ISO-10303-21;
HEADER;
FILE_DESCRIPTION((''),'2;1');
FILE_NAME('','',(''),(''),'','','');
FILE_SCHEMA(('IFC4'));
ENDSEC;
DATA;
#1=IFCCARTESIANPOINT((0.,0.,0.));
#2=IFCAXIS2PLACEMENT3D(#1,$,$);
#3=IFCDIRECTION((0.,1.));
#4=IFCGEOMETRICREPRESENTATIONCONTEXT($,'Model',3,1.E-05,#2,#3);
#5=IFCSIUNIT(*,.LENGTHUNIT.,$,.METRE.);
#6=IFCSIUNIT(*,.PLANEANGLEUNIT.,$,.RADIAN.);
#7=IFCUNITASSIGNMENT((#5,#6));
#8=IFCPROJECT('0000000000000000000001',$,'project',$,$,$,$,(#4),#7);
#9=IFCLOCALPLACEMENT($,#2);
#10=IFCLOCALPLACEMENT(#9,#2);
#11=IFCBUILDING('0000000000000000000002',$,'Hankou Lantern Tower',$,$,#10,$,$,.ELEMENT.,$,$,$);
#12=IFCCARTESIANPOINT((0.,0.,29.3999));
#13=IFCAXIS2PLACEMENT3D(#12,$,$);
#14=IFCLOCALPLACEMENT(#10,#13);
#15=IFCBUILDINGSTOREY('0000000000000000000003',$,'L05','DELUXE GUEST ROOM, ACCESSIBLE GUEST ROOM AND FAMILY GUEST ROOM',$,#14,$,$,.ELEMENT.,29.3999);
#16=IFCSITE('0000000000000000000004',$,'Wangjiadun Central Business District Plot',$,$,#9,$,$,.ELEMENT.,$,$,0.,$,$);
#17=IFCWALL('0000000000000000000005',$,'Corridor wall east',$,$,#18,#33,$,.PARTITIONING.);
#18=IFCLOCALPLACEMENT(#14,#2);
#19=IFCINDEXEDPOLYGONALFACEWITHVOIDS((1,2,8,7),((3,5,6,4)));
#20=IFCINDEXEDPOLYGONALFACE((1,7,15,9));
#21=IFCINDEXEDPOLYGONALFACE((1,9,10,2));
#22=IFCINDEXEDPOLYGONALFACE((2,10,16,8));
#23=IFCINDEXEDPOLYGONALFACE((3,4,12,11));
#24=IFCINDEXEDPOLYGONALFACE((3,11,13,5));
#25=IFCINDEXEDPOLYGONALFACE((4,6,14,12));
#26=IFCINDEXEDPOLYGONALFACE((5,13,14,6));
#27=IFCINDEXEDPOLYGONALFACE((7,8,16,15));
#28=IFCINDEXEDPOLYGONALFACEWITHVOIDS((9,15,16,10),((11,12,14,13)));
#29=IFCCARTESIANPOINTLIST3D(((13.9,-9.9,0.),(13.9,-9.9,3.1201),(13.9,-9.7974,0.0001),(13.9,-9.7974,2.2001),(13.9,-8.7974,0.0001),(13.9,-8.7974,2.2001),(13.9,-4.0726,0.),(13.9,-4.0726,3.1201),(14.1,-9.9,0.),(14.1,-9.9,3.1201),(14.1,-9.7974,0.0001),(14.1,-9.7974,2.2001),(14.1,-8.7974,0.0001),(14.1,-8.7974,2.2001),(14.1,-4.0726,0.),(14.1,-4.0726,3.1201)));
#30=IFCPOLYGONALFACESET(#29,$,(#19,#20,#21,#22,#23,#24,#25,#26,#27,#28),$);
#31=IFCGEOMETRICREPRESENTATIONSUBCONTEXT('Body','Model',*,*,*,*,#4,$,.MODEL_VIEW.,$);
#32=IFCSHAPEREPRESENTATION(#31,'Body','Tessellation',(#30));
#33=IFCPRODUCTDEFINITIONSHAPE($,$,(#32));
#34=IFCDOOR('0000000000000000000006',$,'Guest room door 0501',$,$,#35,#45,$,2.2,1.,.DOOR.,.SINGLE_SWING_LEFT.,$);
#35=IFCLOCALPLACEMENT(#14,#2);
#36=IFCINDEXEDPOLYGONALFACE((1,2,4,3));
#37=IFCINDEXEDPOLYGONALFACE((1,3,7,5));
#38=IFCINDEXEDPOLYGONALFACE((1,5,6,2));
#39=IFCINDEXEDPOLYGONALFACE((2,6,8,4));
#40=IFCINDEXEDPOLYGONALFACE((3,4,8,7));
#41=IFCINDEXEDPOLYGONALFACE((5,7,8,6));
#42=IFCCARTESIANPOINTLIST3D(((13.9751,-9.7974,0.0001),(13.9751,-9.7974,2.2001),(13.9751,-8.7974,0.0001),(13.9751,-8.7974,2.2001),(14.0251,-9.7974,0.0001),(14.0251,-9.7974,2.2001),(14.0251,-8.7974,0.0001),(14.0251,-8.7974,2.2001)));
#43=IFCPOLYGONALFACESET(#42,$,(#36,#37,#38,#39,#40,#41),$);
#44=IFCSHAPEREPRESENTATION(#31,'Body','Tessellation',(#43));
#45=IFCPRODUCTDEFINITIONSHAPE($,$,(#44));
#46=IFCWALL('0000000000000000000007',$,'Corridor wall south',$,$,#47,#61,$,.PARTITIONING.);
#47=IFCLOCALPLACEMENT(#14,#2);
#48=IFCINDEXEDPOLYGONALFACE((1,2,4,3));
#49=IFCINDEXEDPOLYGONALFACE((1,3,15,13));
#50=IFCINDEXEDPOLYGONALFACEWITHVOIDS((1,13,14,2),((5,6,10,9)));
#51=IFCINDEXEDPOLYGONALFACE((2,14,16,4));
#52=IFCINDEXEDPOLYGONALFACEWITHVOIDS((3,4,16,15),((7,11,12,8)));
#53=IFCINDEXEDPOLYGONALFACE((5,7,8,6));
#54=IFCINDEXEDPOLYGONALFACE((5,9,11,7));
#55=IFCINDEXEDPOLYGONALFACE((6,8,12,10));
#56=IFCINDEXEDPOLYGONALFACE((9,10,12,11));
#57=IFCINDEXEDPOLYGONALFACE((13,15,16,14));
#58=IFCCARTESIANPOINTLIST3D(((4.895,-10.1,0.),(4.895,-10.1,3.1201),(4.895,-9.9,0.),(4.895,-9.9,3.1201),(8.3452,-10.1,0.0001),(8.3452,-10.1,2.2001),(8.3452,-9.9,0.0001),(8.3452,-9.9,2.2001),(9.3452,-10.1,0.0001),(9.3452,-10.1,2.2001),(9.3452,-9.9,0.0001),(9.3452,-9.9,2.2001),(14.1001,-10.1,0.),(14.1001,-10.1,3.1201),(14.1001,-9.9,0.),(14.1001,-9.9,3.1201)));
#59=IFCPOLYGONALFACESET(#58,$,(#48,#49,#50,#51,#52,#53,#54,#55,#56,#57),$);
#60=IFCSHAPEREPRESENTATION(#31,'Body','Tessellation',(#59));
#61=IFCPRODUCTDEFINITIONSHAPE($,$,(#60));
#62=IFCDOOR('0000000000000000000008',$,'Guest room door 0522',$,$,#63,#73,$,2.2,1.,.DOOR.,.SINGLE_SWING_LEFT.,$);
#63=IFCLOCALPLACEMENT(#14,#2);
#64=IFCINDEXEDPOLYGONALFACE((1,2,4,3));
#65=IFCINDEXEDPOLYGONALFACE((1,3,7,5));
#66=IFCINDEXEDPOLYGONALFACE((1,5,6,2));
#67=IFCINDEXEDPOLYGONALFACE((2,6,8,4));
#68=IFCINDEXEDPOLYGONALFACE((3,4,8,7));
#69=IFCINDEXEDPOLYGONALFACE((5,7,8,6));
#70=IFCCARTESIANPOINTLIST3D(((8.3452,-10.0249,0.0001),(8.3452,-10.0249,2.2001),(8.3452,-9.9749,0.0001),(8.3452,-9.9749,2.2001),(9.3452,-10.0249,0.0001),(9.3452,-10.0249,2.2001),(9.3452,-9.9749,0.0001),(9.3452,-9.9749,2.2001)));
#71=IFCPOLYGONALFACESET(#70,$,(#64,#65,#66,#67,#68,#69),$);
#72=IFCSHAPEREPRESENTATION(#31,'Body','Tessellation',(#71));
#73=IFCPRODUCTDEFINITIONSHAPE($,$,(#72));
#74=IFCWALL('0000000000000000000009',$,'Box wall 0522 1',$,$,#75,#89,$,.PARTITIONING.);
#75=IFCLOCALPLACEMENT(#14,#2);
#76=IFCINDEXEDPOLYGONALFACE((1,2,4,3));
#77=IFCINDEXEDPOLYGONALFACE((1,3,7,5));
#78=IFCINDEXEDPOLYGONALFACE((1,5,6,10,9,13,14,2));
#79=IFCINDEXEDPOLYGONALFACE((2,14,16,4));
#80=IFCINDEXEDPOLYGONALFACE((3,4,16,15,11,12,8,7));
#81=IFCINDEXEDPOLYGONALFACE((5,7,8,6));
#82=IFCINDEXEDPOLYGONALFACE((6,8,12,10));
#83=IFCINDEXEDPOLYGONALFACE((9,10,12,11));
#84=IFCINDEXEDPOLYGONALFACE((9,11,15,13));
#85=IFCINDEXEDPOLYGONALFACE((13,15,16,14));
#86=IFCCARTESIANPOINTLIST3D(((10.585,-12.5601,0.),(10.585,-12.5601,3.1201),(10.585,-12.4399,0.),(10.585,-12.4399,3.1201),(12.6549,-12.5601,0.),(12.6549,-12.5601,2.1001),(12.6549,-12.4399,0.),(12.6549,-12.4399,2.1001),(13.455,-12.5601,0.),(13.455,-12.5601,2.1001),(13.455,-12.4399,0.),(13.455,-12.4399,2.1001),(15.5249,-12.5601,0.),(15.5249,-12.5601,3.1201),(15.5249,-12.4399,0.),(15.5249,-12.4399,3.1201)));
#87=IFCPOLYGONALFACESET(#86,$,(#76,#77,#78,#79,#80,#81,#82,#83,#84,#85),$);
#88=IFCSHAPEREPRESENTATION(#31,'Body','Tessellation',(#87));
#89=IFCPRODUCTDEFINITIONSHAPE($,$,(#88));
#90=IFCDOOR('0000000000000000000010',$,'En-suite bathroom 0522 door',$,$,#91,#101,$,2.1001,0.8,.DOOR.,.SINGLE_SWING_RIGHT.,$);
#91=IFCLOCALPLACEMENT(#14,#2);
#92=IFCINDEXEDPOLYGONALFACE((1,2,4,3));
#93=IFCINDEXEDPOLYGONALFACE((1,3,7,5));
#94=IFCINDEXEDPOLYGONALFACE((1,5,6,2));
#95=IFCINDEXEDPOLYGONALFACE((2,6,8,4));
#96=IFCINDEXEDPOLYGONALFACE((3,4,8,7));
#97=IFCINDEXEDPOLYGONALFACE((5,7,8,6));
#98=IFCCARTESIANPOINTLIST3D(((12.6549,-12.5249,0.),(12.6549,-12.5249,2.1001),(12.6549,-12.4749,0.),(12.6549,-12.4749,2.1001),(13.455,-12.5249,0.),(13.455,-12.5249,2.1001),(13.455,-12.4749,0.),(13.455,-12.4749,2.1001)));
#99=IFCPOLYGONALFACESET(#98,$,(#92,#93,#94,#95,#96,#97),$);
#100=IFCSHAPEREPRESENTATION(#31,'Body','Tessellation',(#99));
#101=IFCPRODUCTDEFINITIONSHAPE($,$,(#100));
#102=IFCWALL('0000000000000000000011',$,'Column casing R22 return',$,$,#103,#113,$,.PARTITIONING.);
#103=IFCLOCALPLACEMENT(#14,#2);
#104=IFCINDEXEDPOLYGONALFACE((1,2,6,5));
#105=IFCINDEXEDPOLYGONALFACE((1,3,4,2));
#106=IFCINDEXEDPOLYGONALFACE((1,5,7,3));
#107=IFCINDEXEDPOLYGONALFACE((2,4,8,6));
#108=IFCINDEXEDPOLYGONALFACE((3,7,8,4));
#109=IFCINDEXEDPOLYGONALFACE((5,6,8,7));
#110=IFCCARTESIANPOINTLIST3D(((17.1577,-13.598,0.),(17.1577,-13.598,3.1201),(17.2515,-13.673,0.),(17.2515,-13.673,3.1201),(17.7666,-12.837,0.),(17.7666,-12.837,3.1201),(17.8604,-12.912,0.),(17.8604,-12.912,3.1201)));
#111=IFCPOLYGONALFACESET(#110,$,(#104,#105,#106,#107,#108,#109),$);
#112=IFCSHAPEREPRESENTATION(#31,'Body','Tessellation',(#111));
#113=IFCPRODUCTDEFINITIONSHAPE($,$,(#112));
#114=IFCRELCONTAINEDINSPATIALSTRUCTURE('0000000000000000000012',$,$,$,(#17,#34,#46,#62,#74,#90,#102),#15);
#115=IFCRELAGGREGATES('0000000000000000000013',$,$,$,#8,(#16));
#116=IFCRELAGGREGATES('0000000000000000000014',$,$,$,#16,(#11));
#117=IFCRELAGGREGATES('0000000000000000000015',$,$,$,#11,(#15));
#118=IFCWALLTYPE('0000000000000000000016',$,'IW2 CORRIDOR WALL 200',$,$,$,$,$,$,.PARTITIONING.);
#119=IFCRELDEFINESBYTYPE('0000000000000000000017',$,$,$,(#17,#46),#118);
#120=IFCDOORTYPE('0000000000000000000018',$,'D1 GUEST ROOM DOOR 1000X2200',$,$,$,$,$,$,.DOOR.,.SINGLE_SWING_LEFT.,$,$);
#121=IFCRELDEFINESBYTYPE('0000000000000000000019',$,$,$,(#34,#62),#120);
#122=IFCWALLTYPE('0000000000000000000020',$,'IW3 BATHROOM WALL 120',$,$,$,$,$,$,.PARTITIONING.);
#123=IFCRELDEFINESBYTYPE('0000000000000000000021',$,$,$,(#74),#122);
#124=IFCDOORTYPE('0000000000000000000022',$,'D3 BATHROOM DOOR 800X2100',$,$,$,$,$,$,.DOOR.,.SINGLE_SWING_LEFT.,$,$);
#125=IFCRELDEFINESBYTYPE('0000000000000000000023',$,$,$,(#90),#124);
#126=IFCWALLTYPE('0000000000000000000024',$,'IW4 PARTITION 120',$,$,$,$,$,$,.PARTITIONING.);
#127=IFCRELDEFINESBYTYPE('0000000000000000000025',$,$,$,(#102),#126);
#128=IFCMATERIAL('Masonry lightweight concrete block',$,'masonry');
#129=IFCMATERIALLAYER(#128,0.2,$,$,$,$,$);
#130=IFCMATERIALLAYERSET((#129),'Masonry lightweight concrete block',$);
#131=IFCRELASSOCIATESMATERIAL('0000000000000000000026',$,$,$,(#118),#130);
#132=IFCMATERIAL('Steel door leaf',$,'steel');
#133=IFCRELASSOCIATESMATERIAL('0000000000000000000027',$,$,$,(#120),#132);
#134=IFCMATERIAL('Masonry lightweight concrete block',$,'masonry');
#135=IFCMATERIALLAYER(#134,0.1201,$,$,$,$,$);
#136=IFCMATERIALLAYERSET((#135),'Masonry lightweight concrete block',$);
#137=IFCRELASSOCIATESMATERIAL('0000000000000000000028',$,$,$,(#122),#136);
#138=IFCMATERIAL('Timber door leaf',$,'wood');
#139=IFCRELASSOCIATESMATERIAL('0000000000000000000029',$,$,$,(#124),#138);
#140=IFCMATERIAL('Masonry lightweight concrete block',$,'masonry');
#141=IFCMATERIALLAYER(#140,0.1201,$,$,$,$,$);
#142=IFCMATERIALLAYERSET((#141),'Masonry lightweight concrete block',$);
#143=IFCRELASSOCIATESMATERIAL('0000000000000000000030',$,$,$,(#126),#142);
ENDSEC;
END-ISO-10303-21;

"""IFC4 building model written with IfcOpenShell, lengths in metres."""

from ifc_helpers import new_model, si_unit, direction, frame, frame_2d, origin, place, context, subcontext, project, spatial, rectangle, extrude, material, layer, layer_set, type_object, element, fill, save


model = new_model("IFC4")

# Units and contexts
model_context = context("Model", 3, precision=1e-05, world=origin(), true_north=direction((0.0, 1.0)))
body_context = subcontext(model_context, "Body", "Model", "MODEL_VIEW")
ifc_project = project(units=[si_unit("LENGTHUNIT", "METRE"), si_unit("PLANEANGLEUNIT", "RADIAN")], contexts=[model_context])

# Site, building, storey
site_placement = place(None, origin())
site = spatial("IfcSite", under=ifc_project, at=site_placement, Name="Wangjiadun Central Business District Plot", CompositionType="ELEMENT", RefElevation=0.0)
building_placement = place(site_placement, origin())
building = spatial("IfcBuilding", under=site, at=building_placement, Name="Hankou Lantern Tower", CompositionType="ELEMENT")
storey_placement = place(building_placement, frame((0.0, 0.0, 29.3999)))
storey = spatial("IfcBuildingStorey", under=building, at=storey_placement, Name="L05", Description="DELUXE GUEST ROOM, ACCESSIBLE GUEST ROOM AND FAMILY GUEST ROOM", CompositionType="ELEMENT", Elevation=29.3999)

# Walls, openings, doors
ifc_material_1 = material(Name="Masonry lightweight concrete block", Category="masonry")
ifc_layer_1 = layer(ifc_material_1, 0.2)
ifc_layer_set_1 = layer_set([ifc_layer_1], Name="Masonry lightweight concrete block")
wall_type_1 = type_object("IfcWallType", Name="IW2 CORRIDOR WALL 200", PredefinedType="PARTITIONING", material=ifc_layer_set_1)
wall_1_placement = place(storey_placement, frame((14.0, -9.8999, 0.0), z_axis=(0.0, 0.0, 1.0), x_axis=(0.0, 1.0, 0.0)))
wall_1 = element("IfcWall", 1, at=wall_1_placement, inside=storey, type_object=wall_type_1, Name="Corridor wall east", PredefinedType="PARTITIONING", context=body_context, shape_type="SweptSolid", body=[
    extrude(rectangle(XDim=5.8274, YDim=0.2, at=frame_2d((2.9136, 0.0))), origin(), (0.0, 0.0, 1.0), 3.1201),
])
opening_1_placement = place(wall_1_placement, frame((0.1025, 0.0, 0.0)))
opening_1 = element("IfcOpeningElement", 2, at=opening_1_placement, cuts=wall_1, PredefinedType="OPENING", context=body_context, shape_type="SweptSolid", body=[
    extrude(rectangle(XDim=1.0, YDim=2.2, at=frame_2d((0.5, 1.1001))), frame((0.0, 0.1099, 0.0), z_axis=(0.0, -1.0, 0.0), x_axis=(1.0, 0.0, 0.0)), (0.0, 0.0, 1.0), 0.22),
])
ifc_material_2 = material(Name="Steel door leaf", Category="steel")
door_type_1 = type_object("IfcDoorType", Name="D1 GUEST ROOM DOOR 1000X2200", OperationType="SINGLE_SWING_LEFT", PredefinedType="DOOR", material=ifc_material_2)
door_1_placement = place(opening_1_placement, origin())
door_1 = element("IfcDoor", 3, at=door_1_placement, inside=storey, type_object=door_type_1, Name="Guest room door 0501", OperationType="SINGLE_SWING_LEFT", OverallHeight=2.2, OverallWidth=1.0, PredefinedType="DOOR", context=body_context, shape_type="SweptSolid", body=[
    extrude(rectangle(XDim=1.0, YDim=2.2, at=frame_2d((0.5, 1.1001))), frame((0.0, 0.0249, 0.0), z_axis=(0.0, -1.0, 0.0), x_axis=(1.0, 0.0, 0.0)), (0.0, 0.0, 1.0), 0.05),
])
fill(opening_1, door_1)
wall_2_placement = place(storey_placement, frame((14.1001, -10.0, 0.0), z_axis=(0.0, 0.0, 1.0), x_axis=(-1.0, 0.0, 0.0)))
wall_2 = element("IfcWall", 4, at=wall_2_placement, inside=storey, type_object=wall_type_1, Name="Corridor wall south", PredefinedType="PARTITIONING", context=body_context, shape_type="SweptSolid", body=[
    extrude(rectangle(XDim=9.2051, YDim=0.2, at=frame_2d((4.6025, 0.0))), origin(), (0.0, 0.0, 1.0), 3.1201),
])
opening_2_placement = place(wall_2_placement, frame((4.7549, 0.0, 0.0)))
opening_2 = element("IfcOpeningElement", 5, at=opening_2_placement, cuts=wall_2, PredefinedType="OPENING", context=body_context, shape_type="SweptSolid", body=[
    extrude(rectangle(XDim=1.0, YDim=2.2, at=frame_2d((0.5, 1.1001))), frame((0.0, 0.1099, 0.0), z_axis=(0.0, -1.0, 0.0), x_axis=(1.0, 0.0, 0.0)), (0.0, 0.0, 1.0), 0.22),
])
door_2_placement = place(opening_2_placement, origin())
door_2 = element("IfcDoor", 6, at=door_2_placement, inside=storey, type_object=door_type_1, Name="Guest room door 0522", OperationType="SINGLE_SWING_LEFT", OverallHeight=2.2, OverallWidth=1.0, PredefinedType="DOOR", context=body_context, shape_type="SweptSolid", body=[
    extrude(rectangle(XDim=1.0, YDim=2.2, at=frame_2d((0.5, 1.1001))), frame((0.0, 0.0249, 0.0), z_axis=(0.0, -1.0, 0.0), x_axis=(1.0, 0.0, 0.0)), (0.0, 0.0, 1.0), 0.05),
])
fill(opening_2, door_2)
ifc_material_3 = material(Name="Masonry lightweight concrete block", Category="masonry")
ifc_layer_2 = layer(ifc_material_3, 0.1201)
ifc_layer_set_2 = layer_set([ifc_layer_2], Name="Masonry lightweight concrete block")
wall_type_2 = type_object("IfcWallType", Name="IW3 BATHROOM WALL 120", PredefinedType="PARTITIONING", material=ifc_layer_set_2)
wall_3_placement = place(storey_placement, frame((15.5249, -12.5, 0.0), z_axis=(0.0, 0.0, 1.0), x_axis=(-1.0, 0.0, 0.0)))
wall_3 = element("IfcWall", 7, at=wall_3_placement, inside=storey, type_object=wall_type_2, Name="Box wall 0522 1", PredefinedType="PARTITIONING", context=body_context, shape_type="SweptSolid", body=[
    extrude(rectangle(XDim=4.9399, YDim=0.1201, at=frame_2d((2.47, 0.0))), origin(), (0.0, 0.0, 1.0), 3.1201),
])
opening_3_placement = place(wall_3_placement, frame((2.0701, 0.0, 0.0)))
opening_3 = element("IfcOpeningElement", 8, at=opening_3_placement, cuts=wall_3, PredefinedType="OPENING", context=body_context, shape_type="SweptSolid", body=[
    extrude(rectangle(XDim=0.8, YDim=2.1001, at=frame_2d((0.3999, 1.05))), frame((0.0, 0.0701, 0.0), z_axis=(0.0, -1.0, 0.0), x_axis=(1.0, 0.0, 0.0)), (0.0, 0.0, 1.0), 0.1401),
])
ifc_material_4 = material(Name="Timber door leaf", Category="wood")
door_type_2 = type_object("IfcDoorType", Name="D3 BATHROOM DOOR 800X2100", OperationType="SINGLE_SWING_LEFT", PredefinedType="DOOR", material=ifc_material_4)
door_3_placement = place(opening_3_placement, origin())
door_3 = element("IfcDoor", 9, at=door_3_placement, inside=storey, type_object=door_type_2, Name="En-suite bathroom 0522 door", OperationType="SINGLE_SWING_RIGHT", OverallHeight=2.1001, OverallWidth=0.8, PredefinedType="DOOR", context=body_context, shape_type="SweptSolid", body=[
    extrude(rectangle(XDim=0.8, YDim=2.1001, at=frame_2d((0.3999, 1.05))), frame((0.0, 0.0249, 0.0), z_axis=(0.0, -1.0, 0.0), x_axis=(1.0, 0.0, 0.0)), (0.0, 0.0, 1.0), 0.05),
])
fill(opening_3, door_3)

# Wall
ifc_material_5 = material(Name="Masonry lightweight concrete block", Category="masonry")
ifc_layer_3 = layer(ifc_material_5, 0.1201)
ifc_layer_set_3 = layer_set([ifc_layer_3], Name="Masonry lightweight concrete block")
wall_type_3 = type_object("IfcWallType", Name="IW4 PARTITION 120", PredefinedType="PARTITIONING", material=ifc_layer_set_3)
wall_4_placement = place(storey_placement, frame((17.2046, -13.6355, 0.0), z_axis=(0.0, 0.0, 1.0), x_axis=(0.624756, 0.78082, 0.0)))
element("IfcWall", 10, at=wall_4_placement, inside=storey, type_object=wall_type_3, Name="Column casing R22 return", PredefinedType="PARTITIONING", context=body_context, shape_type="SweptSolid", body=[
    extrude(rectangle(XDim=0.9746, YDim=0.1201, at=frame_2d((0.4873, 0.0))), origin(), (0.0, 0.0, 1.0), 3.1201),
])

save(model, "model.ifc")
